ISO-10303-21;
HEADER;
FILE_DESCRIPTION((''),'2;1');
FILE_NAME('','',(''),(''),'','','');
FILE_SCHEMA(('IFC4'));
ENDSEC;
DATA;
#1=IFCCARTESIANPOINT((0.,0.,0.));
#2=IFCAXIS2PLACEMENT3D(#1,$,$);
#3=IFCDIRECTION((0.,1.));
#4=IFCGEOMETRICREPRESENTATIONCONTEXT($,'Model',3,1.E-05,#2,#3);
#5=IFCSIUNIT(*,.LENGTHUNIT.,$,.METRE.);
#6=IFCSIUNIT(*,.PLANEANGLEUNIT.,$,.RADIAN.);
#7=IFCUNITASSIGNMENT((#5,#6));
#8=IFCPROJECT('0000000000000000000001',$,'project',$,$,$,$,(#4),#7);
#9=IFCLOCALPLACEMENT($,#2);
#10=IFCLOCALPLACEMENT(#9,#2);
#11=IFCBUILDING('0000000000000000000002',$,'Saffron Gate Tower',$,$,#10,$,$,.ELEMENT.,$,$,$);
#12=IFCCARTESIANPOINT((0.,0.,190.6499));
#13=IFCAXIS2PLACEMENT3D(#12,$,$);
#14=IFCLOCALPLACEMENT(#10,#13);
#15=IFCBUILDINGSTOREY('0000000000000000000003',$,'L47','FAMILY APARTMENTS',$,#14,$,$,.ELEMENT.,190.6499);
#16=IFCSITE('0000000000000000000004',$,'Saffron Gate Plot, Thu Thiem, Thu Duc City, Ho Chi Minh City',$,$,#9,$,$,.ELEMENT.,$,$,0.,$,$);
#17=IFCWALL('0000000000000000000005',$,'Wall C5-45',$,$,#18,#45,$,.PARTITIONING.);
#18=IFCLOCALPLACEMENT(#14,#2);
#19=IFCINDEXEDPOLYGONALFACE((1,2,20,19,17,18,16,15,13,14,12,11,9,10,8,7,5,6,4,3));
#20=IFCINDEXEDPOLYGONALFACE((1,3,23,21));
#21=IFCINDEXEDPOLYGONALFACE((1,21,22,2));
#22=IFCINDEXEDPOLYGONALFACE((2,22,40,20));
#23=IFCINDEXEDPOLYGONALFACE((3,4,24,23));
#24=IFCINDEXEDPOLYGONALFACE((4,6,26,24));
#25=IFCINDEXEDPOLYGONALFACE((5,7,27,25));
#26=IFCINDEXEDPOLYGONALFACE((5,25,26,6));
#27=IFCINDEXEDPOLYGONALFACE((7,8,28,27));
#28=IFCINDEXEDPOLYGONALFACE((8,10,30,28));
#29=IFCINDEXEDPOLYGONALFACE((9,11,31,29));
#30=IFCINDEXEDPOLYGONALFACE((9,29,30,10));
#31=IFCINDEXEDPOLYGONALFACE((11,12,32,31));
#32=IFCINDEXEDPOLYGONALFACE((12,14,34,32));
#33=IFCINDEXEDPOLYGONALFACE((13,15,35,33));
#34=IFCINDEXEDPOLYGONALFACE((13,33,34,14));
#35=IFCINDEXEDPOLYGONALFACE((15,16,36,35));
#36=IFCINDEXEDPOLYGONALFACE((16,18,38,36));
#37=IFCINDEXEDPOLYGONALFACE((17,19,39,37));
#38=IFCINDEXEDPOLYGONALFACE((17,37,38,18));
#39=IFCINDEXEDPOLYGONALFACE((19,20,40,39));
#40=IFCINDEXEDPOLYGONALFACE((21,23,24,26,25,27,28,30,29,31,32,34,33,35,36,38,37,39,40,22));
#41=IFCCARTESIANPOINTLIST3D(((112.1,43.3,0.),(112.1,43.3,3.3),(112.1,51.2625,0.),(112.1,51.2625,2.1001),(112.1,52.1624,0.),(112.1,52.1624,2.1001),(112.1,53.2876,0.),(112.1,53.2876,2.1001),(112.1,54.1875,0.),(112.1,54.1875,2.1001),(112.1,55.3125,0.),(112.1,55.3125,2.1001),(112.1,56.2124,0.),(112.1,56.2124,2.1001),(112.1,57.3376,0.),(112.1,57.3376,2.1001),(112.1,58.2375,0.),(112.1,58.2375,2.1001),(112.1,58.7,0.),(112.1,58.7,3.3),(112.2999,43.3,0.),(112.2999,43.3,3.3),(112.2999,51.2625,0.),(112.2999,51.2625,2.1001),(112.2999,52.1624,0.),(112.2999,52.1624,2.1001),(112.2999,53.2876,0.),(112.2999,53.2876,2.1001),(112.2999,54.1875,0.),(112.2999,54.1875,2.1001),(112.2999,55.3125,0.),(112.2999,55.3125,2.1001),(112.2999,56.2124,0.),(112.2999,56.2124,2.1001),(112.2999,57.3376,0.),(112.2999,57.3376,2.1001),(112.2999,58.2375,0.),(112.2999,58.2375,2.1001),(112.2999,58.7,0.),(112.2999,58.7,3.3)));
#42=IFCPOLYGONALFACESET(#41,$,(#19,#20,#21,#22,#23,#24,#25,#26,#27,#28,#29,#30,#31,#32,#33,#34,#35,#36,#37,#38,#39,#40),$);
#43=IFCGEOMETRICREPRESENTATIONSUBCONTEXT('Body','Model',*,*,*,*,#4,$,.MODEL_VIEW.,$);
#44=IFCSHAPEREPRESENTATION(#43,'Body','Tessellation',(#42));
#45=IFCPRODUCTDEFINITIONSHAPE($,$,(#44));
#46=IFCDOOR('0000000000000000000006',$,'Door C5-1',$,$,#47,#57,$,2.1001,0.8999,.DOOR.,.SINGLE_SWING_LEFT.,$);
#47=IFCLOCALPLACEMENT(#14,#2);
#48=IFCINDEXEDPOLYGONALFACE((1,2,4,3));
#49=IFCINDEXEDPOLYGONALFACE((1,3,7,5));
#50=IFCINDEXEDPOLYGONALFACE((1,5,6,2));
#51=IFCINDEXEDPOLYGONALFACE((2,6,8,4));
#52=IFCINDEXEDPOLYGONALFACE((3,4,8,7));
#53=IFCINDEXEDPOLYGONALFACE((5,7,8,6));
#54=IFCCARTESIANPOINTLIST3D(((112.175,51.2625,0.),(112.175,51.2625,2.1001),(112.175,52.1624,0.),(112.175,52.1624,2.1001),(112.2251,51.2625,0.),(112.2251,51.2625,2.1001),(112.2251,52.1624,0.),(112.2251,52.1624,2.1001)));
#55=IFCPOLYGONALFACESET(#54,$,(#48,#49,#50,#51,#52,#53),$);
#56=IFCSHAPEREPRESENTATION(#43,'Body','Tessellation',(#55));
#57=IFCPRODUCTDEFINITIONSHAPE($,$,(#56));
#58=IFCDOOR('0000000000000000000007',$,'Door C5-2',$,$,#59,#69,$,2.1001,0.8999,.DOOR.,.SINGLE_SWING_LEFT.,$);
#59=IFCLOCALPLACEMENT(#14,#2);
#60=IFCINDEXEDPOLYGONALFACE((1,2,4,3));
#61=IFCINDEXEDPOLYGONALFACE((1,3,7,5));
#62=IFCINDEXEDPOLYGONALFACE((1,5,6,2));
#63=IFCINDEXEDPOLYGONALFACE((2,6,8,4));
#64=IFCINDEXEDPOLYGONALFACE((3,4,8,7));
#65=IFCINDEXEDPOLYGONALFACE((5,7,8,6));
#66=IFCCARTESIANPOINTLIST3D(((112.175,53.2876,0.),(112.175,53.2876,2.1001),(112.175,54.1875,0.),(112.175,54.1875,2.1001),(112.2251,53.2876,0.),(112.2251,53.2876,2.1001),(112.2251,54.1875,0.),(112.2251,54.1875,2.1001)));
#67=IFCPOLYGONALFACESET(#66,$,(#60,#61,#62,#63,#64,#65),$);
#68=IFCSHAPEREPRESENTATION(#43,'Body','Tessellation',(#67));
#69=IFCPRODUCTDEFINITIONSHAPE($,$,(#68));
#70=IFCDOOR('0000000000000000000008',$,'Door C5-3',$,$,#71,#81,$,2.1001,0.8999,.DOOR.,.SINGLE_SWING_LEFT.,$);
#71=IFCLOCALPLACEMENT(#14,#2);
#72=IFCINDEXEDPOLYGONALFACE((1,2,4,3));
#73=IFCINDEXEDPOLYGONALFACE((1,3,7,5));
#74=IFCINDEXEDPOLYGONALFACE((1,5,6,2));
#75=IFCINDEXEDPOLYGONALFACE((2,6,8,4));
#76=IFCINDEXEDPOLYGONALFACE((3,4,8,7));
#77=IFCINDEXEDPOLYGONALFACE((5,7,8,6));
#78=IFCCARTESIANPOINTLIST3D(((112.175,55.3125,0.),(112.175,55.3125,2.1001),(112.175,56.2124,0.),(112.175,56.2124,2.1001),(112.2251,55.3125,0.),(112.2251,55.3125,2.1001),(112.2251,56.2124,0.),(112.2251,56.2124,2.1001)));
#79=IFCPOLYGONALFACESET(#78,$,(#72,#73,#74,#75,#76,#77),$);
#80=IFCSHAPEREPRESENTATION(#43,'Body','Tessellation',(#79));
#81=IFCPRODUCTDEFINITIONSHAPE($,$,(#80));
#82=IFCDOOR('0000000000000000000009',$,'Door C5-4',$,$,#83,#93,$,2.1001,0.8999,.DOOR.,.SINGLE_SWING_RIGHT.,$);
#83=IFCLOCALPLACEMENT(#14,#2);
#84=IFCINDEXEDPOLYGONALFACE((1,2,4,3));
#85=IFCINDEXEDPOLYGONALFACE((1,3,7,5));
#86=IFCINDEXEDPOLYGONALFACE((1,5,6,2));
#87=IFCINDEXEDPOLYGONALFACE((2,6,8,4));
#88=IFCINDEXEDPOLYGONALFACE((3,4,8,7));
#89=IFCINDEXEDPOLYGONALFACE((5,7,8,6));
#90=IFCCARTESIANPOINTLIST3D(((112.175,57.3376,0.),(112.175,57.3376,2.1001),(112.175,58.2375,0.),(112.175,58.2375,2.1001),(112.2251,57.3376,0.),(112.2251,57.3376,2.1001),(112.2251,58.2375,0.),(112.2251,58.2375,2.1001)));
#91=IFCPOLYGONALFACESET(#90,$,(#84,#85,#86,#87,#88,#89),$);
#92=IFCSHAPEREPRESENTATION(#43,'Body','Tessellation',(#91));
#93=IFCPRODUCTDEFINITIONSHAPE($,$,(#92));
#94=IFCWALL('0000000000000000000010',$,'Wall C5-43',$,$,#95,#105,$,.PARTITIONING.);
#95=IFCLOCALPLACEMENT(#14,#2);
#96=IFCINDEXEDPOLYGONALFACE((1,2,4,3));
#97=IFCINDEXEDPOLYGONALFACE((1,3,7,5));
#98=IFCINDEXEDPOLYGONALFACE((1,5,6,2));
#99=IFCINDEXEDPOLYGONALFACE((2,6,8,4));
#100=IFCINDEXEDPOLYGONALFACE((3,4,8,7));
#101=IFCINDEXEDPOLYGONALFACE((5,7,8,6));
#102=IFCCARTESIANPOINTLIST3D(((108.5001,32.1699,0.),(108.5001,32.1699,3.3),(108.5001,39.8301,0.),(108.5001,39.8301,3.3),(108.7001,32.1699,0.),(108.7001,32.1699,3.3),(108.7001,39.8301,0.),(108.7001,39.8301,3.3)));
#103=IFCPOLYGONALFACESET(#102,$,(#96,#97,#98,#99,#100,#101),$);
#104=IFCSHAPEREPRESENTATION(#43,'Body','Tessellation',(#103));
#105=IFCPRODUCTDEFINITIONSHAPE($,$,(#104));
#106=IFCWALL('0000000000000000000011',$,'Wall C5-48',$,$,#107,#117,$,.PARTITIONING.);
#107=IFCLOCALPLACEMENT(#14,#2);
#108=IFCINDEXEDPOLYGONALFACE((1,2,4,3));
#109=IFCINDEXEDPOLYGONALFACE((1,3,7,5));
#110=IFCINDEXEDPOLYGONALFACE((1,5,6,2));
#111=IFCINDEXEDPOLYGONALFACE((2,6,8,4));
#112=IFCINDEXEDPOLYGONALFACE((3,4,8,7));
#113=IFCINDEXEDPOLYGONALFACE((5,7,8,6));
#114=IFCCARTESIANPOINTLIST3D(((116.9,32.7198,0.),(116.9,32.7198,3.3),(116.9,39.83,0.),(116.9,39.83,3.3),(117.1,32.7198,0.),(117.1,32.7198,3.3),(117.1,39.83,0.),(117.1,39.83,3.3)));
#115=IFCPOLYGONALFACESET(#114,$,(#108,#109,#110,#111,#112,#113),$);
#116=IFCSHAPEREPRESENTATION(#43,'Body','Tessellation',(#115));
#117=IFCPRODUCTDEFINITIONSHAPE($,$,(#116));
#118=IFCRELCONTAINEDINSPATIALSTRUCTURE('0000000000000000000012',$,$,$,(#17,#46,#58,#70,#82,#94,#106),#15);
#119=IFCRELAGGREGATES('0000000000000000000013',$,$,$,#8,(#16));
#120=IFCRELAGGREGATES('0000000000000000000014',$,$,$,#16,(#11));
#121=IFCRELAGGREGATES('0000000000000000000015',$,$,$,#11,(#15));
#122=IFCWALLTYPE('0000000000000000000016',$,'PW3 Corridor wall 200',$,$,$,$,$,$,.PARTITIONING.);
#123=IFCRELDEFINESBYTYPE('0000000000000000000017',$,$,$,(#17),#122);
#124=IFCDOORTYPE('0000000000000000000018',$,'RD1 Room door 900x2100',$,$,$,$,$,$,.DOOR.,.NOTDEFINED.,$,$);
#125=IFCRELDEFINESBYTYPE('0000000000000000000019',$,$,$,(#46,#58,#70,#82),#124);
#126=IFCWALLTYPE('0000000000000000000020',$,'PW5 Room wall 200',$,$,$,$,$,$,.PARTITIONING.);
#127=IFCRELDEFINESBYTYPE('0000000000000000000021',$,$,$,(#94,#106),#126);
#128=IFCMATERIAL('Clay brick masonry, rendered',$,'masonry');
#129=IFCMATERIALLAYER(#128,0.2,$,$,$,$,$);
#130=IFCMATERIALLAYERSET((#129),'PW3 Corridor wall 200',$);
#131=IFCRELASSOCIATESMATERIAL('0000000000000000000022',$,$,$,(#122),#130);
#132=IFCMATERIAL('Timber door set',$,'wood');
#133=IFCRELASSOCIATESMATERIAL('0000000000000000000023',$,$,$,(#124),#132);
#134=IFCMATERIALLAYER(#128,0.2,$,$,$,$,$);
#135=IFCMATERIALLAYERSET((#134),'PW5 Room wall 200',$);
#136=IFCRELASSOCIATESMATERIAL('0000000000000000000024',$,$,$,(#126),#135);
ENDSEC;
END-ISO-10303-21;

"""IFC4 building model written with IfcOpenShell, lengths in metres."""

from ifc_helpers import new_model, si_unit, direction, frame, frame_2d, origin, place, context, subcontext, project, spatial, rectangle, extrude, material, layer, layer_set, type_object, element, fill, save


model = new_model("IFC4")

# Units and contexts
model_context = context("Model", 3, precision=1e-05, world=origin(), true_north=direction((0.0, 1.0)))
body_context = subcontext(model_context, "Body", "Model", "MODEL_VIEW")
ifc_project = project(units=[si_unit("LENGTHUNIT", "METRE"), si_unit("PLANEANGLEUNIT", "RADIAN")], contexts=[model_context])

# Site, building, storey
site_placement = place(None, origin())
site = spatial("IfcSite", under=ifc_project, at=site_placement, Name="Saffron Gate Plot, Thu Thiem, Thu Duc City, Ho Chi Minh City", CompositionType="ELEMENT", RefElevation=0.0)
building_placement = place(site_placement, origin())
building = spatial("IfcBuilding", under=site, at=building_placement, Name="Saffron Gate Tower", CompositionType="ELEMENT")
storey_placement = place(building_placement, frame((0.0, 0.0, 190.6499)))
storey = spatial("IfcBuildingStorey", under=building, at=storey_placement, Name="L47", Description="FAMILY APARTMENTS", CompositionType="ELEMENT", Elevation=190.6499)

# Shared definitions
ifc_material_1 = material(Name="Clay brick masonry, rendered", Category="masonry")

# Shared definitions
ifc_layer_1 = layer(ifc_material_1, 0.2)
ifc_layer_set_1 = layer_set([ifc_layer_1], Name="PW3 Corridor wall 200")
wall_type_1 = type_object("IfcWallType", Name="PW3 Corridor wall 200", PredefinedType="PARTITIONING", material=ifc_layer_set_1)
ifc_material_2 = material(Name="Timber door set", Category="wood")

# Wall, openings, doors
wall_1_placement = place(storey_placement, frame((112.2, 43.3, 0.0), z_axis=(0.0, 0.0, 1.0), x_axis=(0.0, 1.0, 0.0)))
wall_1 = element("IfcWall", 1, at=wall_1_placement, inside=storey, type_object=wall_type_1, Name="Wall C5-45", PredefinedType="PARTITIONING", context=body_context, shape_type="SweptSolid", body=[
    extrude(rectangle(XDim=15.3999, YDim=0.2, at=frame_2d((7.7, 0.0))), origin(), (0.0, 0.0, 1.0), 3.3),
])
opening_1_placement = place(wall_1_placement, frame((7.9624, 0.0, 0.0)))
opening_1 = element("IfcOpeningElement", 2, at=opening_1_placement, cuts=wall_1, PredefinedType="OPENING", context=body_context, shape_type="SweptSolid", body=[
    extrude(rectangle(XDim=0.8999, YDim=2.1001, at=frame_2d((0.45, 1.05))), frame((0.0, 0.1099, 0.0), z_axis=(0.0, -1.0, 0.0), x_axis=(1.0, 0.0, 0.0)), (0.0, 0.0, 1.0), 0.22),
])
opening_2_placement = place(wall_1_placement, frame((9.9875, 0.0, 0.0)))
opening_2 = element("IfcOpeningElement", 3, at=opening_2_placement, cuts=wall_1, PredefinedType="OPENING", context=body_context, shape_type="SweptSolid", body=[
    extrude(rectangle(XDim=0.8999, YDim=2.1001, at=frame_2d((0.45, 1.05))), frame((0.0, 0.1099, 0.0), z_axis=(0.0, -1.0, 0.0), x_axis=(1.0, 0.0, 0.0)), (0.0, 0.0, 1.0), 0.22),
])
opening_3_placement = place(wall_1_placement, frame((12.0125, 0.0, 0.0)))
opening_3 = element("IfcOpeningElement", 4, at=opening_3_placement, cuts=wall_1, PredefinedType="OPENING", context=body_context, shape_type="SweptSolid", body=[
    extrude(rectangle(XDim=0.8999, YDim=2.1001, at=frame_2d((0.45, 1.05))), frame((0.0, 0.1099, 0.0), z_axis=(0.0, -1.0, 0.0), x_axis=(1.0, 0.0, 0.0)), (0.0, 0.0, 1.0), 0.22),
])
opening_4_placement = place(wall_1_placement, frame((14.0376, 0.0, 0.0)))
opening_4 = element("IfcOpeningElement", 5, at=opening_4_placement, cuts=wall_1, PredefinedType="OPENING", context=body_context, shape_type="SweptSolid", body=[
    extrude(rectangle(XDim=0.8999, YDim=2.1001, at=frame_2d((0.45, 1.05))), frame((0.0, 0.1099, 0.0), z_axis=(0.0, -1.0, 0.0), x_axis=(1.0, 0.0, 0.0)), (0.0, 0.0, 1.0), 0.22),
])
door_type_1 = type_object("IfcDoorType", Name="RD1 Room door 900x2100", OperationType="NOTDEFINED", PredefinedType="DOOR", material=ifc_material_2)
door_1_placement = place(opening_1_placement, origin())
door_1 = element("IfcDoor", 6, at=door_1_placement, inside=storey, type_object=door_type_1, Name="Door C5-1", OperationType="SINGLE_SWING_LEFT", OverallHeight=2.1001, OverallWidth=0.8999, PredefinedType="DOOR", context=body_context, shape_type="SweptSolid", body=[
    extrude(rectangle(XDim=0.8999, YDim=2.1001, at=frame_2d((0.45, 1.05))), frame((0.0, 0.0249, 0.0), z_axis=(0.0, -1.0, 0.0), x_axis=(1.0, 0.0, 0.0)), (0.0, 0.0, 1.0), 0.05),
])
fill(opening_1, door_1)
door_2_placement = place(opening_2_placement, origin())
door_2 = element("IfcDoor", 7, at=door_2_placement, inside=storey, type_object=door_type_1, Name="Door C5-2", OperationType="SINGLE_SWING_LEFT", OverallHeight=2.1001, OverallWidth=0.8999, PredefinedType="DOOR", context=body_context, shape_type="SweptSolid", body=[
    extrude(rectangle(XDim=0.8999, YDim=2.1001, at=frame_2d((0.45, 1.05))), frame((0.0, 0.0249, 0.0), z_axis=(0.0, -1.0, 0.0), x_axis=(1.0, 0.0, 0.0)), (0.0, 0.0, 1.0), 0.05),
])
fill(opening_2, door_2)
door_3_placement = place(opening_3_placement, origin())
door_3 = element("IfcDoor", 8, at=door_3_placement, inside=storey, type_object=door_type_1, Name="Door C5-3", OperationType="SINGLE_SWING_LEFT", OverallHeight=2.1001, OverallWidth=0.8999, PredefinedType="DOOR", context=body_context, shape_type="SweptSolid", body=[
    extrude(rectangle(XDim=0.8999, YDim=2.1001, at=frame_2d((0.45, 1.05))), frame((0.0, 0.0249, 0.0), z_axis=(0.0, -1.0, 0.0), x_axis=(1.0, 0.0, 0.0)), (0.0, 0.0, 1.0), 0.05),
])
fill(opening_3, door_3)
door_4_placement = place(opening_4_placement, origin())
door_4 = element("IfcDoor", 9, at=door_4_placement, inside=storey, type_object=door_type_1, Name="Door C5-4", OperationType="SINGLE_SWING_RIGHT", OverallHeight=2.1001, OverallWidth=0.8999, PredefinedType="DOOR", context=body_context, shape_type="SweptSolid", body=[
    extrude(rectangle(XDim=0.8999, YDim=2.1001, at=frame_2d((0.45, 1.05))), frame((0.0, 0.0249, 0.0), z_axis=(0.0, -1.0, 0.0), x_axis=(1.0, 0.0, 0.0)), (0.0, 0.0, 1.0), 0.05),
])
fill(opening_4, door_4)

# Walls
ifc_layer_2 = layer(ifc_material_1, 0.2)
ifc_layer_set_2 = layer_set([ifc_layer_2], Name="PW5 Room wall 200")
wall_type_2 = type_object("IfcWallType", Name="PW5 Room wall 200", PredefinedType="PARTITIONING", material=ifc_layer_set_2)
wall_2_placement = place(storey_placement, frame((108.6001, 39.8301, 0.0), z_axis=(0.0, 0.0, 1.0), x_axis=(0.0, -1.0, 0.0)))
element("IfcWall", 10, at=wall_2_placement, inside=storey, type_object=wall_type_2, Name="Wall C5-43", PredefinedType="PARTITIONING", context=body_context, shape_type="SweptSolid", body=[
    extrude(rectangle(XDim=7.6602, YDim=0.2, at=frame_2d((3.8301, 0.0))), origin(), (0.0, 0.0, 1.0), 3.3),
])
wall_3_placement = place(storey_placement, frame((117.0, 39.8301, 0.0), z_axis=(0.0, 0.0, 1.0), x_axis=(0.0, -1.0, 0.0)))
element("IfcWall", 11, at=wall_3_placement, inside=storey, type_object=wall_type_2, Name="Wall C5-48", PredefinedType="PARTITIONING", context=body_context, shape_type="SweptSolid", body=[
    extrude(rectangle(XDim=7.1101, YDim=0.2, at=frame_2d((3.5552, 0.0))), origin(), (0.0, 0.0, 1.0), 3.3),
])

save(model, "model.ifc")
